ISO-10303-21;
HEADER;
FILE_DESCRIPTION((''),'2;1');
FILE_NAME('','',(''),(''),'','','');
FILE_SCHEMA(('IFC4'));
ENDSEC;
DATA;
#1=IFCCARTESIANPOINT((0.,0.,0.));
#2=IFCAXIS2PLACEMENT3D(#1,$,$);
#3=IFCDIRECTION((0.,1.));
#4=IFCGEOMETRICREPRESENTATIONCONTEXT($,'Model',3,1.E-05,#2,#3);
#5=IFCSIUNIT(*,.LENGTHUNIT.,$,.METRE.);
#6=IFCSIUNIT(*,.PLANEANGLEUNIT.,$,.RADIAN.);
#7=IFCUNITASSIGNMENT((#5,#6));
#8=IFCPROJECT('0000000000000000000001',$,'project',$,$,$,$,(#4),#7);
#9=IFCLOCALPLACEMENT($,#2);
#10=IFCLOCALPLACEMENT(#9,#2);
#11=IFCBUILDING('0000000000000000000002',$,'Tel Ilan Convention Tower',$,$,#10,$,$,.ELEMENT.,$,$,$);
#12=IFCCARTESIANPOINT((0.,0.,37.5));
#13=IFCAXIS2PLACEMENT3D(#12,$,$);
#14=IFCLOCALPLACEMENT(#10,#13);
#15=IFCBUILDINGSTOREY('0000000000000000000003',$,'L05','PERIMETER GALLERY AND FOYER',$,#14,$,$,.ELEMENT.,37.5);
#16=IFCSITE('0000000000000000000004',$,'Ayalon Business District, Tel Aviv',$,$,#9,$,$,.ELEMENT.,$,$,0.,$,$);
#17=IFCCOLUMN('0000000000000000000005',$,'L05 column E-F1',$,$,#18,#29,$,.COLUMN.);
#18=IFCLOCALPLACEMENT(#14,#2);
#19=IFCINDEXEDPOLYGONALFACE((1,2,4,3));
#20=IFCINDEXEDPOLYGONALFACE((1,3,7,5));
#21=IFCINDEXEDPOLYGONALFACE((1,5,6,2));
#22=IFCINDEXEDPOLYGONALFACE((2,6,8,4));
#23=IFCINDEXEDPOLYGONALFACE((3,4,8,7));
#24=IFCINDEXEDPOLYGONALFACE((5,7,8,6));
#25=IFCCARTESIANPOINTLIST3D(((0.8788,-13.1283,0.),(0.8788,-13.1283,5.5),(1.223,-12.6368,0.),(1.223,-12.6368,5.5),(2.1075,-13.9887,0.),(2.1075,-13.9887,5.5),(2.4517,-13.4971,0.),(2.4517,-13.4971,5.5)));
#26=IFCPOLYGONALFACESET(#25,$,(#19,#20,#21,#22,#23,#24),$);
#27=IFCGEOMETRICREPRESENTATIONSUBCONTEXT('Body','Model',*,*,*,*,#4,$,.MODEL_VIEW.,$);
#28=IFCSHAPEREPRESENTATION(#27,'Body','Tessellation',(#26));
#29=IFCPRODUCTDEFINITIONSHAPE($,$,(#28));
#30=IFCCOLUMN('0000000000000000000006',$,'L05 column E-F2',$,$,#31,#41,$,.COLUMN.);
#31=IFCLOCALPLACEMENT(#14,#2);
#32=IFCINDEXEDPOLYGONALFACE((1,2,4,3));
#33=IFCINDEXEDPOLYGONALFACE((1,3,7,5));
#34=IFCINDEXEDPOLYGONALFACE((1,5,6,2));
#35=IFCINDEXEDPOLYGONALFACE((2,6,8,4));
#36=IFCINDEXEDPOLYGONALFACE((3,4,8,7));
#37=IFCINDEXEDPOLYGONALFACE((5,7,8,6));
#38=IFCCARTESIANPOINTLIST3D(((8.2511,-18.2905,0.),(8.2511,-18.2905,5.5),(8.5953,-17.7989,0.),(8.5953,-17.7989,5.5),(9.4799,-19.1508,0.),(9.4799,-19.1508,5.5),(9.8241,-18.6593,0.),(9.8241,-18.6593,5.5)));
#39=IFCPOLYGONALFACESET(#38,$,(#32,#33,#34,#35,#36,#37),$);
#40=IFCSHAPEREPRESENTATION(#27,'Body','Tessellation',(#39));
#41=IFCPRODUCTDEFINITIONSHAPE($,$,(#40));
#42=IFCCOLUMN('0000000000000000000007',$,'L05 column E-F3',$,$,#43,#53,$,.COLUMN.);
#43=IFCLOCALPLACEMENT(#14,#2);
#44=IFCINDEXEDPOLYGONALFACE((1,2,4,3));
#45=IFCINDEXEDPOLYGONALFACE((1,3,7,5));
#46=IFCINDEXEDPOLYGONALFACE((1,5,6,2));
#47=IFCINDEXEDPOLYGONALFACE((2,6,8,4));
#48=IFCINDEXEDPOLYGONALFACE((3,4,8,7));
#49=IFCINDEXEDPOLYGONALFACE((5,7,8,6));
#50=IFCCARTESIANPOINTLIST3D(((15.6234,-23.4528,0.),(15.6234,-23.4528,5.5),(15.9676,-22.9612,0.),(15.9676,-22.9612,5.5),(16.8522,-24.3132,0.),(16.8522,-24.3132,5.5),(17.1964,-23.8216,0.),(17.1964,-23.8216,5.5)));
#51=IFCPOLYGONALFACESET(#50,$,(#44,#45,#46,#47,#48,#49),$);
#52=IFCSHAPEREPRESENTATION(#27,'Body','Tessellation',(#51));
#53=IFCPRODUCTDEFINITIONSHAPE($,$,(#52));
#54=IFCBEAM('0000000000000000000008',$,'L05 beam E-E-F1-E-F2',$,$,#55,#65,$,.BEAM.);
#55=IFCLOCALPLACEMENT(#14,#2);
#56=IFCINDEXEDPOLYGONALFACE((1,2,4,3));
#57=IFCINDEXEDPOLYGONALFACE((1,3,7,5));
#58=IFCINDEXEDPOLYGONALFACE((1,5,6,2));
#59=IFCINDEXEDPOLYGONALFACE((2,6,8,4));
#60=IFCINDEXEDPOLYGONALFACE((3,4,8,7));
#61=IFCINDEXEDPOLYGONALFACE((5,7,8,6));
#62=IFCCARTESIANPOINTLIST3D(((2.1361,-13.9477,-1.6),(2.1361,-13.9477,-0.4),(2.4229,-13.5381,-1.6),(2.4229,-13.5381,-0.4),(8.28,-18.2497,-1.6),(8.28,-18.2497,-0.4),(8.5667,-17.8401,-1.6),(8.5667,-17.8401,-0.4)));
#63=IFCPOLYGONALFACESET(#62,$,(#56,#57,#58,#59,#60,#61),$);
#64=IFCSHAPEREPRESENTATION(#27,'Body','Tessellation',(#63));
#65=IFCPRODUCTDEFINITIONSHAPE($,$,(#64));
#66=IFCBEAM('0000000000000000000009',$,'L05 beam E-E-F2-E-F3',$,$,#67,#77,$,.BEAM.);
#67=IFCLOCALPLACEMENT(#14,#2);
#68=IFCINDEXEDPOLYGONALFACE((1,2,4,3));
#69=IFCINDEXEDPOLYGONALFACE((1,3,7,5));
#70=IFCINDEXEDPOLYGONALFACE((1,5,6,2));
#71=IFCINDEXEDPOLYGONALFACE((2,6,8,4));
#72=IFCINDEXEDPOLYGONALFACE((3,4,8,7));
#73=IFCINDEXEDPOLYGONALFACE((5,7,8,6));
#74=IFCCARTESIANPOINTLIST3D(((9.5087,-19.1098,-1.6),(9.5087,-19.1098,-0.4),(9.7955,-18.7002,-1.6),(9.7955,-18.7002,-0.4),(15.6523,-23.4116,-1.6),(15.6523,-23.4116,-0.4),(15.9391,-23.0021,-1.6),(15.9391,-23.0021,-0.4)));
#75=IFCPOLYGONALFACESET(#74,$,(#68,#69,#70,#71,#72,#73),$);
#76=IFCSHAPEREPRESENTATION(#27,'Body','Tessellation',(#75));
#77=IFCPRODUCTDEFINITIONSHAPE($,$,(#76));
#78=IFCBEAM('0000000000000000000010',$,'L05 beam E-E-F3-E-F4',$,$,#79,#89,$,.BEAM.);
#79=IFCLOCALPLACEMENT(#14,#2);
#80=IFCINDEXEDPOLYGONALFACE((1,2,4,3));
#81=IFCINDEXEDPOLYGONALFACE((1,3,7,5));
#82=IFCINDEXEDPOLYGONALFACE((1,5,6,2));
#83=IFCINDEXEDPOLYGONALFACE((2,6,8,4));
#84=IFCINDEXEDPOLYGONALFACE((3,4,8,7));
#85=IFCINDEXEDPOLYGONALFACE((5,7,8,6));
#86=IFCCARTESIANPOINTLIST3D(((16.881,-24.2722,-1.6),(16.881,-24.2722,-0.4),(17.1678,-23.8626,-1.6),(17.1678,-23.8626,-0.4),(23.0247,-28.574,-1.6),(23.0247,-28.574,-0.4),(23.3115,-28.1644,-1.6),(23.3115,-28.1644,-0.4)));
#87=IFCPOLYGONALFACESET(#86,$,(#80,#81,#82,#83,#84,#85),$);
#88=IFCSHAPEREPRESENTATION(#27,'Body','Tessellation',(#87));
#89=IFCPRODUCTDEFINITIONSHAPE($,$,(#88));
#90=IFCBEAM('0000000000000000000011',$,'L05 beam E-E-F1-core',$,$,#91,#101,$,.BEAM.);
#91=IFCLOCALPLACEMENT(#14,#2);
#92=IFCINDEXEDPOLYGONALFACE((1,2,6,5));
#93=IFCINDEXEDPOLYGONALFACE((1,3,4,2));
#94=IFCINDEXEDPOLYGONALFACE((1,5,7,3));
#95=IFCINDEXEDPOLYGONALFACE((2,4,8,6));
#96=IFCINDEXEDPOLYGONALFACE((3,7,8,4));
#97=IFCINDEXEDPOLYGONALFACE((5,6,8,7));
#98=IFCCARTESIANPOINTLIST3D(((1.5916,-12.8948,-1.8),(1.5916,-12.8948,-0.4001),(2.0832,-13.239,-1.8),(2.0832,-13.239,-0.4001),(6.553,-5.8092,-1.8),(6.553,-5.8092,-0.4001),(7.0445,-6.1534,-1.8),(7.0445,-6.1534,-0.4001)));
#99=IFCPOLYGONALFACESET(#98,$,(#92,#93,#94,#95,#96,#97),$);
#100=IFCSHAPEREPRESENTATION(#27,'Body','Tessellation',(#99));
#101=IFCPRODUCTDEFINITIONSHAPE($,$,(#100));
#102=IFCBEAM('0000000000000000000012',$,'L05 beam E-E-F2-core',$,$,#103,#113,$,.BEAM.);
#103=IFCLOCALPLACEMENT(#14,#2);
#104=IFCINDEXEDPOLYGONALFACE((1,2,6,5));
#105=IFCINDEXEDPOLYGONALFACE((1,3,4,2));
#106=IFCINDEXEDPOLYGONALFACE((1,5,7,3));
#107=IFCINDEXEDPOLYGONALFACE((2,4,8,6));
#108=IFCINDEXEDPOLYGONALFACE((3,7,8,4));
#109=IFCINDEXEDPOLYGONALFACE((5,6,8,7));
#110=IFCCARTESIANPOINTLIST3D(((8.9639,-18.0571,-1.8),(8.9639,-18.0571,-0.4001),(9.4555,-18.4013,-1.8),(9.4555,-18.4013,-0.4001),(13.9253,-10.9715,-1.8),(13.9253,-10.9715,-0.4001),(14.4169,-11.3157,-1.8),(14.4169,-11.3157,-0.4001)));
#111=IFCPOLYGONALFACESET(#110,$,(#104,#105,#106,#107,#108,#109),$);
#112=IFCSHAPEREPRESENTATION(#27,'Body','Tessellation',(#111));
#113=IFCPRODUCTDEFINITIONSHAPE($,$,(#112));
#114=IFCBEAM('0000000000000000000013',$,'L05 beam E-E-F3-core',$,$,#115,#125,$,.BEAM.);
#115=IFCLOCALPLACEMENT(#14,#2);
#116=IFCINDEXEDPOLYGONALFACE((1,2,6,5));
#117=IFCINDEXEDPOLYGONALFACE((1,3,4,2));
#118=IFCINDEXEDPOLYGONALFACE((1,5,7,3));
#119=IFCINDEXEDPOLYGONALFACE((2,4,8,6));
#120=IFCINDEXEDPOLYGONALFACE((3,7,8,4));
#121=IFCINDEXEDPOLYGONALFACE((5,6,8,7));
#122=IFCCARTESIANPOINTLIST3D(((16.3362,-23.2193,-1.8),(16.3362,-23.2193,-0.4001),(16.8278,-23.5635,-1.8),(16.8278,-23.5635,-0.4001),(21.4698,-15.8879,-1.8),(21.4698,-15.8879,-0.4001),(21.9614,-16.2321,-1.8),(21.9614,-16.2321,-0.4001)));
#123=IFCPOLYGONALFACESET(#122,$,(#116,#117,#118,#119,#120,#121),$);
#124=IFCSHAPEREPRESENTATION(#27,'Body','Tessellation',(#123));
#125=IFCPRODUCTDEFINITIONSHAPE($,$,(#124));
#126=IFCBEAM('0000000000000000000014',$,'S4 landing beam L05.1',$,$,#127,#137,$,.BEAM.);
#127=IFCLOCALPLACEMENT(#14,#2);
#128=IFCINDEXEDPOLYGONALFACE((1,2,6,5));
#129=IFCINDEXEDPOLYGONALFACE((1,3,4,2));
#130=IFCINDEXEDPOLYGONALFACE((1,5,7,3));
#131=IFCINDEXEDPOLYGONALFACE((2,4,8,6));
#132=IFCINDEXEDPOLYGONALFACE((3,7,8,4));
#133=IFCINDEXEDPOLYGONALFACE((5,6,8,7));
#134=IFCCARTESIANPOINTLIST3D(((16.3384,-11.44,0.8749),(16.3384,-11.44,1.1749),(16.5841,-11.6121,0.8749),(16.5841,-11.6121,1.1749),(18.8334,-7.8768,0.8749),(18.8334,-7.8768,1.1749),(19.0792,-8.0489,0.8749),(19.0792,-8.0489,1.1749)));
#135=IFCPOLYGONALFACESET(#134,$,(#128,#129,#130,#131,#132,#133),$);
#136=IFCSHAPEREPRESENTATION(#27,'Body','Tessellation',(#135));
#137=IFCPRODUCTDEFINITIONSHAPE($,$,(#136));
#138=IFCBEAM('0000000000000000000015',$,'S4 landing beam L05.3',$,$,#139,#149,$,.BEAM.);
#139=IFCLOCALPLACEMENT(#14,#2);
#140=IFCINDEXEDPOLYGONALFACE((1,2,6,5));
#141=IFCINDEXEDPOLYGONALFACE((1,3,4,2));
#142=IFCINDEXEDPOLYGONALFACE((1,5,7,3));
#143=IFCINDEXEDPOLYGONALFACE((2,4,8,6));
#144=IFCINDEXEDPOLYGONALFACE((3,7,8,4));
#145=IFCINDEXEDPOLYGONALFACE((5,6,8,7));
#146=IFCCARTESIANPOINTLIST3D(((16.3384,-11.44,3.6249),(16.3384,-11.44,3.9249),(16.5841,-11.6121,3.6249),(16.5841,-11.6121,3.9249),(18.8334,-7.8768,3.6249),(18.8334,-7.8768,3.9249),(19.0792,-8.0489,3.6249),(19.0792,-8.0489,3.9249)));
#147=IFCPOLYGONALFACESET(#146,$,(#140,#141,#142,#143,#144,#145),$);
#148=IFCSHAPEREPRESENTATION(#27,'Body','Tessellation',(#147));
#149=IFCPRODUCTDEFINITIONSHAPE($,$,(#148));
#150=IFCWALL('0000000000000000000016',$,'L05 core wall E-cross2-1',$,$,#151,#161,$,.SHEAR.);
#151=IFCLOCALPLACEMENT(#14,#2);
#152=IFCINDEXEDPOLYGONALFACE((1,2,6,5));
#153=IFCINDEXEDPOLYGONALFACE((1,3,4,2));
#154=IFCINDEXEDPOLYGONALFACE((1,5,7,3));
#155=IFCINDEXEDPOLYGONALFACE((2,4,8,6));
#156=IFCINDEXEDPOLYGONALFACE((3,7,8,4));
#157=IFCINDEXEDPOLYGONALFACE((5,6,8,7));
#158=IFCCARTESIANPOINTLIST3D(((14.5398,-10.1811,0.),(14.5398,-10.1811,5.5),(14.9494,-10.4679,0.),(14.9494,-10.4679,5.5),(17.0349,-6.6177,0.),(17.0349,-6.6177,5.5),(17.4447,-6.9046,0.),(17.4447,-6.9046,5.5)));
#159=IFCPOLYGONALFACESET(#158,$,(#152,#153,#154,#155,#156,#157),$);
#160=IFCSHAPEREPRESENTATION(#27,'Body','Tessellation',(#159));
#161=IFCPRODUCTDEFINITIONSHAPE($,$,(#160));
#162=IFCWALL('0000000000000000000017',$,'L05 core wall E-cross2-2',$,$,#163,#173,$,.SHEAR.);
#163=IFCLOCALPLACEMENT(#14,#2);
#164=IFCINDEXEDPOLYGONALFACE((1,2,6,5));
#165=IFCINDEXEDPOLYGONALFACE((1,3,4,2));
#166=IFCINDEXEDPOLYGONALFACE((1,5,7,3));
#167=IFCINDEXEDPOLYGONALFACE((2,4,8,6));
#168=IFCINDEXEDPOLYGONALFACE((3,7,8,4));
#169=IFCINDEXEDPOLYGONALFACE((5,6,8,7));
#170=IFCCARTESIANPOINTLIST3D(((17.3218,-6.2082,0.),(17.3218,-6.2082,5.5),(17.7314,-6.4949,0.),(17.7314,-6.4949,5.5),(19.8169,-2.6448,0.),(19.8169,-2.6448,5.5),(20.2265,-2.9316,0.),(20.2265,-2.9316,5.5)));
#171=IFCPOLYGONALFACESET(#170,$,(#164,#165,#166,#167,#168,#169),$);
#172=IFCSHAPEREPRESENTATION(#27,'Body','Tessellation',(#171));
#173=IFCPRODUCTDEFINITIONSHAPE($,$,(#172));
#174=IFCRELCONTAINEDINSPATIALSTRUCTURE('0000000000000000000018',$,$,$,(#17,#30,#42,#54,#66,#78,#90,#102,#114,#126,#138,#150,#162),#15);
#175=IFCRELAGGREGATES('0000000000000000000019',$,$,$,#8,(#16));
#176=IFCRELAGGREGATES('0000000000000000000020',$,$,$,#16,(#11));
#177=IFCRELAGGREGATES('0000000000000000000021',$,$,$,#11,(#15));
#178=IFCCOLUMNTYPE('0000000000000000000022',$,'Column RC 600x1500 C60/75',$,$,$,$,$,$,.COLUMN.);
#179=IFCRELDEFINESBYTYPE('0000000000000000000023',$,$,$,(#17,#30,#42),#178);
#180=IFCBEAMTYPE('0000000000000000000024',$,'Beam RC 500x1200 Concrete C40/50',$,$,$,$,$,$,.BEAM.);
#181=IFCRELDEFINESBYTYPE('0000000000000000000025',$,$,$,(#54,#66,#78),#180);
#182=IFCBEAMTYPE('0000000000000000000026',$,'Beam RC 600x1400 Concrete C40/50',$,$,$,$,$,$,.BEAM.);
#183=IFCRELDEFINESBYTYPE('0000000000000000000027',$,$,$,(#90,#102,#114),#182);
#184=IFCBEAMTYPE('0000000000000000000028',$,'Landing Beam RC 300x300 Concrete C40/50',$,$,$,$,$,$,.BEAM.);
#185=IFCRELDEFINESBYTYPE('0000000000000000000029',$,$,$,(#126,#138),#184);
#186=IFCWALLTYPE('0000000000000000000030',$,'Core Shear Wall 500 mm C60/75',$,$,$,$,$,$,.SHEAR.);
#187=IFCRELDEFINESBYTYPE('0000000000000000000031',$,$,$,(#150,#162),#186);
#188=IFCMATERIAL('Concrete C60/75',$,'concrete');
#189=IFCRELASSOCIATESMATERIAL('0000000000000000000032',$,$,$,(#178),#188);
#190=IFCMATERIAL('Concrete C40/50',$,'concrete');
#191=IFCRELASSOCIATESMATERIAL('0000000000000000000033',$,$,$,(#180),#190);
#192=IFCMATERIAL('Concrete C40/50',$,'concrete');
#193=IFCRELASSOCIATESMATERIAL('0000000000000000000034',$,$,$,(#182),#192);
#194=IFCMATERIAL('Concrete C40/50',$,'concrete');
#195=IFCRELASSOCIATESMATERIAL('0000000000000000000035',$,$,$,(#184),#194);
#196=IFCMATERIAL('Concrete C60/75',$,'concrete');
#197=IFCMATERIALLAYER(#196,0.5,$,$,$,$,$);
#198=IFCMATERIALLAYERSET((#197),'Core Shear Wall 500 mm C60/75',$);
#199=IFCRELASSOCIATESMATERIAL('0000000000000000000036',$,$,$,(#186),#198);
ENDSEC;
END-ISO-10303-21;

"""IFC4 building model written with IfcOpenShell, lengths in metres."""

from ifc_helpers import new_model, si_unit, direction, frame, origin, origin_2d, place, context, subcontext, project, spatial, polyline, rectangle, outline, extrude, material, layer, layer_set, material_profile, profile_set, type_object, element, save


model = new_model("IFC4")

# Units and contexts
model_context = context("Model", 3, precision=1e-05, world=origin(), true_north=direction((0.0, 1.0)))
body_context = subcontext(model_context, "Body", "Model", "MODEL_VIEW")
ifc_project = project(units=[si_unit("LENGTHUNIT", "METRE"), si_unit("PLANEANGLEUNIT", "RADIAN")], contexts=[model_context])

# Site, building, storey
site_placement = place(None, origin())
site = spatial("IfcSite", under=ifc_project, at=site_placement, Name="Ayalon Business District, Tel Aviv", CompositionType="ELEMENT", RefElevation=0.0)
building_placement = place(site_placement, origin())
building = spatial("IfcBuilding", under=site, at=building_placement, Name="Tel Ilan Convention Tower", CompositionType="ELEMENT")
storey_placement = place(building_placement, frame((0.0, 0.0, 37.5)))
storey = spatial("IfcBuildingStorey", under=building, at=storey_placement, Name="L05", Description="PERIMETER GALLERY AND FOYER", CompositionType="ELEMENT", Elevation=37.5)

# Columns
ifc_material_1 = material(Name="Concrete C60/75", Category="concrete")
ifc_material_profile_1 = material_profile(ifc_material_1, rectangle(XDim=1.5, YDim=0.6001, at=origin_2d()), Name="RC 600x1500")
ifc_profile_set_1 = profile_set([ifc_material_profile_1], Name="Concrete C60/75")
column_type = type_object("IfcColumnType", Name="Column RC 600x1500 C60/75", PredefinedType="COLUMN", material=ifc_profile_set_1)
for number, where, z_axis, x_axis, name in (
    (1, (1.6653, -13.3127, 0.0), (0.0, 0.0, 1.0), (0.819152, -0.573576, 0.0), "L05 column E-F1"),
    (2, (9.0376, -18.4749, 0.0), (0.0, 0.0, 1.0), (0.819152, -0.573576, 0.0), "L05 column E-F2"),
    (3, (16.4099, -23.6372, 0.0), (0.0, 0.0, 1.0), (0.819152, -0.573576, 0.0), "L05 column E-F3"),
):
    element("IfcColumn", number, at=place(storey_placement, frame(where, z_axis=z_axis, x_axis=x_axis)), inside=storey, type_object=column_type, Name=name, PredefinedType="COLUMN", context=body_context, shape_type="SweptSolid", body=[
        extrude(rectangle(XDim=1.5, YDim=0.6001, at=origin_2d()), origin(), (0.0, 0.0, 1.0), 5.5),
    ])

# Beams
ifc_material_2 = material(Name="Concrete C40/50", Category="concrete")
ifc_material_profile_2 = material_profile(ifc_material_2, rectangle(XDim=0.5, YDim=1.2, at=origin_2d()), Name="RC 500x1200")
ifc_profile_set_2 = profile_set([ifc_material_profile_2], Name="Concrete C40/50")
beam_type_1 = type_object("IfcBeamType", Name="Beam RC 500x1200 Concrete C40/50", PredefinedType="BEAM", material=ifc_profile_set_2)
beam_1_placement = place(storey_placement, frame((2.2795, -13.7429, -1.0), z_axis=(0.819148, -0.573582, 0.0), x_axis=(0.573582, 0.819148, 0.0)))
element("IfcBeam", 4, at=beam_1_placement, inside=storey, type_object=beam_type_1, Name="L05 beam E-E-F1-E-F2", PredefinedType="BEAM", context=body_context, shape_type="SweptSolid", body=[
    extrude(rectangle(XDim=0.5, YDim=1.2, at=origin_2d()), origin(), (0.0, 0.0, 1.0), 7.5002),
])
for number, where, z_axis, x_axis, name in (
    (5, (9.6521, -18.905, -1.0), (0.819152, -0.573576, 0.0), (0.573576, 0.819152, 0.0), "L05 beam E-E-F2-E-F3"),
    (6, (17.0244, -24.0674, -1.0), (0.819152, -0.573576, 0.0), (0.573576, 0.819152, 0.0), "L05 beam E-E-F3-E-F4"),
):
    element("IfcBeam", number, at=place(storey_placement, frame(where, z_axis=z_axis, x_axis=x_axis)), inside=storey, type_object=beam_type_1, Name=name, PredefinedType="BEAM", context=body_context, shape_type="SweptSolid", body=[
        extrude(rectangle(XDim=0.5, YDim=1.2, at=origin_2d()), origin(), (0.0, 0.0, 1.0), 7.5),
    ])
ifc_material_3 = material(Name="Concrete C40/50", Category="concrete")
ifc_material_profile_3 = material_profile(ifc_material_3, rectangle(XDim=0.6001, YDim=1.3999, at=origin_2d()), Name="RC 600x1400")
ifc_profile_set_3 = profile_set([ifc_material_profile_3], Name="Concrete C40/50")
beam_type_2 = type_object("IfcBeamType", Name="Beam RC 600x1400 Concrete C40/50", PredefinedType="BEAM", material=ifc_profile_set_3)
for number, where, z_axis, x_axis, name in (
    (7, (1.8374, -13.0669, -1.1001), (0.573574, 0.819154, 0.0), (-0.819154, 0.573574, 0.0), "L05 beam E-E-F1-core"),
    (8, (9.2097, -18.2292, -1.1001), (0.573574, 0.819154, 0.0), (-0.819154, 0.573574, 0.0), "L05 beam E-E-F2-core"),
):
    element("IfcBeam", number, at=place(storey_placement, frame(where, z_axis=z_axis, x_axis=x_axis)), inside=storey, type_object=beam_type_2, Name=name, PredefinedType="BEAM", context=body_context, shape_type="SweptSolid", body=[
        extrude(rectangle(XDim=0.6001, YDim=1.3999, at=origin_2d()), origin(), (0.0, 0.0, 1.0), 8.6499),
    ])
beam_2_placement = place(storey_placement, frame((16.582, -23.3914, -1.1001), z_axis=(0.573585, 0.819146, 0.0), x_axis=(-0.819146, 0.573585, 0.0)))
element("IfcBeam", 9, at=beam_2_placement, inside=storey, type_object=beam_type_2, Name="L05 beam E-E-F3-core", PredefinedType="BEAM", context=body_context, shape_type="SweptSolid", body=[
    extrude(rectangle(XDim=0.6001, YDim=1.3999, at=origin_2d()), origin(), (0.0, 0.0, 1.0), 8.95),
])
ifc_material_4 = material(Name="Concrete C40/50", Category="concrete")
ifc_material_profile_4 = material_profile(ifc_material_4, rectangle(XDim=0.3, YDim=0.3, at=origin_2d()), Name="RC 300x300")
ifc_profile_set_4 = profile_set([ifc_material_profile_4], Name="Concrete C40/50")
beam_type_3 = type_object("IfcBeamType", Name="Landing Beam RC 300x300 Concrete C40/50", PredefinedType="BEAM", material=ifc_profile_set_4)
for number, where, z_axis, x_axis, name in (
    (10, (18.9563, -7.9629, 1.0249), (-0.573594, -0.81914, 0.0), (0.81914, -0.573594, 0.0), "S4 landing beam L05.1"),
    (11, (18.9563, -7.9629, 3.7749), (-0.573594, -0.81914, 0.0), (0.81914, -0.573594, 0.0), "S4 landing beam L05.3"),
):
    element("IfcBeam", number, at=place(storey_placement, frame(where, z_axis=z_axis, x_axis=x_axis)), inside=storey, type_object=beam_type_3, Name=name, PredefinedType="BEAM", context=body_context, shape_type="SweptSolid", body=[
        extrude(rectangle(XDim=0.3, YDim=0.3, at=origin_2d()), origin(), (0.0, 0.0, 1.0), 4.3499),
    ])

# Walls
ifc_material_5 = material(Name="Concrete C60/75", Category="concrete")
ifc_layer_1 = layer(ifc_material_5, 0.5)
ifc_layer_set_1 = layer_set([ifc_layer_1], Name="Core Shear Wall 500 mm C60/75")
wall_type_1 = type_object("IfcWallType", Name="Core Shear Wall 500 mm C60/75", PredefinedType="SHEAR", material=ifc_layer_set_1)
wall_1_placement = place(storey_placement, frame((14.7446, -10.3245, 0.0), z_axis=(0.0, 0.0, 1.0), x_axis=(0.573568, 0.819158, 0.0)))
element("IfcWall", 12, at=wall_1_placement, inside=storey, type_object=wall_type_1, Name="L05 core wall E-cross2-1", PredefinedType="SHEAR", context=body_context, shape_type="SweptSolid", body=[
    extrude(outline(polyline([(0.0, 0.25), (0.0, -0.25), (4.3501, -0.2502), (4.3501, 0.25), (0.0, 0.25)])), origin(), (0.0, 0.0, 1.0), 5.5),
])
wall_2_placement = place(storey_placement, frame((17.5266, -6.3516, 0.0), z_axis=(0.0, 0.0, 1.0), x_axis=(0.57353, 0.819184, 0.0)))
element("IfcWall", 13, at=wall_2_placement, inside=storey, type_object=wall_type_1, Name="L05 core wall E-cross2-2", PredefinedType="SHEAR", context=body_context, shape_type="SweptSolid", body=[
    extrude(outline(polyline([(4.3501, -0.2502), (4.3501, 0.2498), (0.0, 0.25), (0.0, -0.25), (4.3501, -0.2502)])), origin(), (0.0, 0.0, 1.0), 5.5),
])

save(model, "model.ifc")
